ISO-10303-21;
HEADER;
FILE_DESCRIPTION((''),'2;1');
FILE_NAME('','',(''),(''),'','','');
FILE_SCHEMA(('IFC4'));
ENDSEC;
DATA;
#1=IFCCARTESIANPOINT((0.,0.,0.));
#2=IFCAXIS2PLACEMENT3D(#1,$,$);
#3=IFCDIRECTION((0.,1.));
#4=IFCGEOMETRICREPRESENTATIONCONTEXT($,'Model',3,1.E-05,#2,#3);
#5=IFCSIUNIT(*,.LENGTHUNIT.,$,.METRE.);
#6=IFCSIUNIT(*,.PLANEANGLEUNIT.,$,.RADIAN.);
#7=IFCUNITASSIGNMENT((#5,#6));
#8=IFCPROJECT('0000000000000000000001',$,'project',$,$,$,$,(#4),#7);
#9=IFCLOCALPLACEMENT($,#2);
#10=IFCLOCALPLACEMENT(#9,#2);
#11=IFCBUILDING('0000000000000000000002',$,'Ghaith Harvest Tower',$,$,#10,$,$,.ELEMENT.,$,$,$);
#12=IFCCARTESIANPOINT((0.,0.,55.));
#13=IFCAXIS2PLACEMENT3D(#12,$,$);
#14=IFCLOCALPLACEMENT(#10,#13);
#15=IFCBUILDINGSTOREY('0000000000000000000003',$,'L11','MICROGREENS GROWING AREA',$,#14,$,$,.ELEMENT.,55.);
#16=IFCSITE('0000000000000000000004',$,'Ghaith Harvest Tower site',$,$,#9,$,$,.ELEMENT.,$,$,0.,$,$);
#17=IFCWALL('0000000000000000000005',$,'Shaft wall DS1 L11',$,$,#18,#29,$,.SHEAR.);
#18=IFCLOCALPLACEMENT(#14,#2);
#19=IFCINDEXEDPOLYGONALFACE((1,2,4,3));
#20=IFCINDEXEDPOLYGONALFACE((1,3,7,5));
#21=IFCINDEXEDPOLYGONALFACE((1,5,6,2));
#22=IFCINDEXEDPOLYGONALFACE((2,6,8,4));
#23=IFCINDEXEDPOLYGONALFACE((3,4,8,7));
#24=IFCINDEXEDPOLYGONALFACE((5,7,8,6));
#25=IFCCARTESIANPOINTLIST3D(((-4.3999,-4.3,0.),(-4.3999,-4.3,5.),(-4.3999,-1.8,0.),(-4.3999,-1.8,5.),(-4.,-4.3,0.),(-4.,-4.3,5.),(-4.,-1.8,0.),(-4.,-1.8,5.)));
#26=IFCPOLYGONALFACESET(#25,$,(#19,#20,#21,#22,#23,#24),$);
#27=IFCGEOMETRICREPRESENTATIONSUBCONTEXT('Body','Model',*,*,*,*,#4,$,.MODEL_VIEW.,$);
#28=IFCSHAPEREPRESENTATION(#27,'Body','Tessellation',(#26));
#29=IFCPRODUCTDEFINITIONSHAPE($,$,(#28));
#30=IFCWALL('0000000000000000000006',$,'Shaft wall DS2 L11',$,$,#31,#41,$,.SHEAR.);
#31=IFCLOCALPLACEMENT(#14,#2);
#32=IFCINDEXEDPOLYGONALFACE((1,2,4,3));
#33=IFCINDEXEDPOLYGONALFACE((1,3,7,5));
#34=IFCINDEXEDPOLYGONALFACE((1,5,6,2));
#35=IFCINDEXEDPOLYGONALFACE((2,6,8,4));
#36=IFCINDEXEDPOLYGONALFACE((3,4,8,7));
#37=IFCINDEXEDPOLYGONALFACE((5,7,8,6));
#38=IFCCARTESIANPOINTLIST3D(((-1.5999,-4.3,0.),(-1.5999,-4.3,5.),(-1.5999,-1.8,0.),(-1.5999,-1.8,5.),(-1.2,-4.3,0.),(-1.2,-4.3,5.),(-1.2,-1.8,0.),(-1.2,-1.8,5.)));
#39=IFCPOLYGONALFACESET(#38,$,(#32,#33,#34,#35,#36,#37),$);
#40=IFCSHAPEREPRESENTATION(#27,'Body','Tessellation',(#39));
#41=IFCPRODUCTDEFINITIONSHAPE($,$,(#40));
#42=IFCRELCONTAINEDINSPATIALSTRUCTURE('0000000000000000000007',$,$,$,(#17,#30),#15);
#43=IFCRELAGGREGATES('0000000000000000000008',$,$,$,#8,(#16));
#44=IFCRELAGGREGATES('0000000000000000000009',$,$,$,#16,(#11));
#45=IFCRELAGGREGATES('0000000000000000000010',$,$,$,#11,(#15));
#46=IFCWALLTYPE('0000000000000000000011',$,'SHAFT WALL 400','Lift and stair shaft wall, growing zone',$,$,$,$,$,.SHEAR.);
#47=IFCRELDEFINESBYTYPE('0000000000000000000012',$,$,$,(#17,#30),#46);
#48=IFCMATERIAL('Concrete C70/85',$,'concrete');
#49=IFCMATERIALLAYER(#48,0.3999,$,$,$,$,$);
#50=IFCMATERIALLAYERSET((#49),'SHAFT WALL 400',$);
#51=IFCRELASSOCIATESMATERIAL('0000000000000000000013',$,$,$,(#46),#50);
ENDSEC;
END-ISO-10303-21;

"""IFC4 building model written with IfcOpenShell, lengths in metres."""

from ifc_helpers import new_model, si_unit, direction, frame, frame_2d, origin, place, context, subcontext, project, spatial, rectangle, extrude, material, layer, layer_set, type_object, element, save


model = new_model("IFC4")

# Units and contexts
model_context = context("Model", 3, precision=1e-05, world=origin(), true_north=direction((0.0, 1.0)))
body_context = subcontext(model_context, "Body", "Model", "MODEL_VIEW")
ifc_project = project(units=[si_unit("LENGTHUNIT", "METRE"), si_unit("PLANEANGLEUNIT", "RADIAN")], contexts=[model_context])

# Site, building, storey
site_placement = place(None, origin())
site = spatial("IfcSite", under=ifc_project, at=site_placement, Name="Ghaith Harvest Tower site", CompositionType="ELEMENT", RefElevation=0.0)
building_placement = place(site_placement, origin())
building = spatial("IfcBuilding", under=site, at=building_placement, Name="Ghaith Harvest Tower", CompositionType="ELEMENT")
storey_placement = place(building_placement, frame((0.0, 0.0, 55.0)))
storey = spatial("IfcBuildingStorey", under=building, at=storey_placement, Name="L11", Description="MICROGREENS GROWING AREA", CompositionType="ELEMENT", Elevation=55.0)

# Shared definitions
ifc_material_1 = material(Name="Concrete C70/85", Category="concrete")
ifc_layer_1 = layer(ifc_material_1, 0.3999)
ifc_layer_set_1 = layer_set([ifc_layer_1], Name="SHAFT WALL 400")
wall_type_1 = type_object("IfcWallType", Name="SHAFT WALL 400", Description="Lift and stair shaft wall, growing zone", PredefinedType="SHEAR", material=ifc_layer_set_1)

# Walls
for number, where, z_axis, x_axis, name in (
    (1, (-4.2, -4.3, 0.0), (0.0, 0.0, 1.0), (0.0, 1.0, 0.0), "Shaft wall DS1 L11"),
    (2, (-1.3999, -4.3, 0.0), (0.0, 0.0, 1.0), (0.0, 1.0, 0.0), "Shaft wall DS2 L11"),
):
    element("IfcWall", number, at=place(storey_placement, frame(where, z_axis=z_axis, x_axis=x_axis)), inside=storey, type_object=wall_type_1, Name=name, PredefinedType="SHEAR", context=body_context, shape_type="SweptSolid", body=[
        extrude(rectangle(XDim=2.5, YDim=0.3999, at=frame_2d((1.25, 0.0))), origin(), (0.0, 0.0, 1.0), 5.0),
    ])

save(model, "model.ifc")
